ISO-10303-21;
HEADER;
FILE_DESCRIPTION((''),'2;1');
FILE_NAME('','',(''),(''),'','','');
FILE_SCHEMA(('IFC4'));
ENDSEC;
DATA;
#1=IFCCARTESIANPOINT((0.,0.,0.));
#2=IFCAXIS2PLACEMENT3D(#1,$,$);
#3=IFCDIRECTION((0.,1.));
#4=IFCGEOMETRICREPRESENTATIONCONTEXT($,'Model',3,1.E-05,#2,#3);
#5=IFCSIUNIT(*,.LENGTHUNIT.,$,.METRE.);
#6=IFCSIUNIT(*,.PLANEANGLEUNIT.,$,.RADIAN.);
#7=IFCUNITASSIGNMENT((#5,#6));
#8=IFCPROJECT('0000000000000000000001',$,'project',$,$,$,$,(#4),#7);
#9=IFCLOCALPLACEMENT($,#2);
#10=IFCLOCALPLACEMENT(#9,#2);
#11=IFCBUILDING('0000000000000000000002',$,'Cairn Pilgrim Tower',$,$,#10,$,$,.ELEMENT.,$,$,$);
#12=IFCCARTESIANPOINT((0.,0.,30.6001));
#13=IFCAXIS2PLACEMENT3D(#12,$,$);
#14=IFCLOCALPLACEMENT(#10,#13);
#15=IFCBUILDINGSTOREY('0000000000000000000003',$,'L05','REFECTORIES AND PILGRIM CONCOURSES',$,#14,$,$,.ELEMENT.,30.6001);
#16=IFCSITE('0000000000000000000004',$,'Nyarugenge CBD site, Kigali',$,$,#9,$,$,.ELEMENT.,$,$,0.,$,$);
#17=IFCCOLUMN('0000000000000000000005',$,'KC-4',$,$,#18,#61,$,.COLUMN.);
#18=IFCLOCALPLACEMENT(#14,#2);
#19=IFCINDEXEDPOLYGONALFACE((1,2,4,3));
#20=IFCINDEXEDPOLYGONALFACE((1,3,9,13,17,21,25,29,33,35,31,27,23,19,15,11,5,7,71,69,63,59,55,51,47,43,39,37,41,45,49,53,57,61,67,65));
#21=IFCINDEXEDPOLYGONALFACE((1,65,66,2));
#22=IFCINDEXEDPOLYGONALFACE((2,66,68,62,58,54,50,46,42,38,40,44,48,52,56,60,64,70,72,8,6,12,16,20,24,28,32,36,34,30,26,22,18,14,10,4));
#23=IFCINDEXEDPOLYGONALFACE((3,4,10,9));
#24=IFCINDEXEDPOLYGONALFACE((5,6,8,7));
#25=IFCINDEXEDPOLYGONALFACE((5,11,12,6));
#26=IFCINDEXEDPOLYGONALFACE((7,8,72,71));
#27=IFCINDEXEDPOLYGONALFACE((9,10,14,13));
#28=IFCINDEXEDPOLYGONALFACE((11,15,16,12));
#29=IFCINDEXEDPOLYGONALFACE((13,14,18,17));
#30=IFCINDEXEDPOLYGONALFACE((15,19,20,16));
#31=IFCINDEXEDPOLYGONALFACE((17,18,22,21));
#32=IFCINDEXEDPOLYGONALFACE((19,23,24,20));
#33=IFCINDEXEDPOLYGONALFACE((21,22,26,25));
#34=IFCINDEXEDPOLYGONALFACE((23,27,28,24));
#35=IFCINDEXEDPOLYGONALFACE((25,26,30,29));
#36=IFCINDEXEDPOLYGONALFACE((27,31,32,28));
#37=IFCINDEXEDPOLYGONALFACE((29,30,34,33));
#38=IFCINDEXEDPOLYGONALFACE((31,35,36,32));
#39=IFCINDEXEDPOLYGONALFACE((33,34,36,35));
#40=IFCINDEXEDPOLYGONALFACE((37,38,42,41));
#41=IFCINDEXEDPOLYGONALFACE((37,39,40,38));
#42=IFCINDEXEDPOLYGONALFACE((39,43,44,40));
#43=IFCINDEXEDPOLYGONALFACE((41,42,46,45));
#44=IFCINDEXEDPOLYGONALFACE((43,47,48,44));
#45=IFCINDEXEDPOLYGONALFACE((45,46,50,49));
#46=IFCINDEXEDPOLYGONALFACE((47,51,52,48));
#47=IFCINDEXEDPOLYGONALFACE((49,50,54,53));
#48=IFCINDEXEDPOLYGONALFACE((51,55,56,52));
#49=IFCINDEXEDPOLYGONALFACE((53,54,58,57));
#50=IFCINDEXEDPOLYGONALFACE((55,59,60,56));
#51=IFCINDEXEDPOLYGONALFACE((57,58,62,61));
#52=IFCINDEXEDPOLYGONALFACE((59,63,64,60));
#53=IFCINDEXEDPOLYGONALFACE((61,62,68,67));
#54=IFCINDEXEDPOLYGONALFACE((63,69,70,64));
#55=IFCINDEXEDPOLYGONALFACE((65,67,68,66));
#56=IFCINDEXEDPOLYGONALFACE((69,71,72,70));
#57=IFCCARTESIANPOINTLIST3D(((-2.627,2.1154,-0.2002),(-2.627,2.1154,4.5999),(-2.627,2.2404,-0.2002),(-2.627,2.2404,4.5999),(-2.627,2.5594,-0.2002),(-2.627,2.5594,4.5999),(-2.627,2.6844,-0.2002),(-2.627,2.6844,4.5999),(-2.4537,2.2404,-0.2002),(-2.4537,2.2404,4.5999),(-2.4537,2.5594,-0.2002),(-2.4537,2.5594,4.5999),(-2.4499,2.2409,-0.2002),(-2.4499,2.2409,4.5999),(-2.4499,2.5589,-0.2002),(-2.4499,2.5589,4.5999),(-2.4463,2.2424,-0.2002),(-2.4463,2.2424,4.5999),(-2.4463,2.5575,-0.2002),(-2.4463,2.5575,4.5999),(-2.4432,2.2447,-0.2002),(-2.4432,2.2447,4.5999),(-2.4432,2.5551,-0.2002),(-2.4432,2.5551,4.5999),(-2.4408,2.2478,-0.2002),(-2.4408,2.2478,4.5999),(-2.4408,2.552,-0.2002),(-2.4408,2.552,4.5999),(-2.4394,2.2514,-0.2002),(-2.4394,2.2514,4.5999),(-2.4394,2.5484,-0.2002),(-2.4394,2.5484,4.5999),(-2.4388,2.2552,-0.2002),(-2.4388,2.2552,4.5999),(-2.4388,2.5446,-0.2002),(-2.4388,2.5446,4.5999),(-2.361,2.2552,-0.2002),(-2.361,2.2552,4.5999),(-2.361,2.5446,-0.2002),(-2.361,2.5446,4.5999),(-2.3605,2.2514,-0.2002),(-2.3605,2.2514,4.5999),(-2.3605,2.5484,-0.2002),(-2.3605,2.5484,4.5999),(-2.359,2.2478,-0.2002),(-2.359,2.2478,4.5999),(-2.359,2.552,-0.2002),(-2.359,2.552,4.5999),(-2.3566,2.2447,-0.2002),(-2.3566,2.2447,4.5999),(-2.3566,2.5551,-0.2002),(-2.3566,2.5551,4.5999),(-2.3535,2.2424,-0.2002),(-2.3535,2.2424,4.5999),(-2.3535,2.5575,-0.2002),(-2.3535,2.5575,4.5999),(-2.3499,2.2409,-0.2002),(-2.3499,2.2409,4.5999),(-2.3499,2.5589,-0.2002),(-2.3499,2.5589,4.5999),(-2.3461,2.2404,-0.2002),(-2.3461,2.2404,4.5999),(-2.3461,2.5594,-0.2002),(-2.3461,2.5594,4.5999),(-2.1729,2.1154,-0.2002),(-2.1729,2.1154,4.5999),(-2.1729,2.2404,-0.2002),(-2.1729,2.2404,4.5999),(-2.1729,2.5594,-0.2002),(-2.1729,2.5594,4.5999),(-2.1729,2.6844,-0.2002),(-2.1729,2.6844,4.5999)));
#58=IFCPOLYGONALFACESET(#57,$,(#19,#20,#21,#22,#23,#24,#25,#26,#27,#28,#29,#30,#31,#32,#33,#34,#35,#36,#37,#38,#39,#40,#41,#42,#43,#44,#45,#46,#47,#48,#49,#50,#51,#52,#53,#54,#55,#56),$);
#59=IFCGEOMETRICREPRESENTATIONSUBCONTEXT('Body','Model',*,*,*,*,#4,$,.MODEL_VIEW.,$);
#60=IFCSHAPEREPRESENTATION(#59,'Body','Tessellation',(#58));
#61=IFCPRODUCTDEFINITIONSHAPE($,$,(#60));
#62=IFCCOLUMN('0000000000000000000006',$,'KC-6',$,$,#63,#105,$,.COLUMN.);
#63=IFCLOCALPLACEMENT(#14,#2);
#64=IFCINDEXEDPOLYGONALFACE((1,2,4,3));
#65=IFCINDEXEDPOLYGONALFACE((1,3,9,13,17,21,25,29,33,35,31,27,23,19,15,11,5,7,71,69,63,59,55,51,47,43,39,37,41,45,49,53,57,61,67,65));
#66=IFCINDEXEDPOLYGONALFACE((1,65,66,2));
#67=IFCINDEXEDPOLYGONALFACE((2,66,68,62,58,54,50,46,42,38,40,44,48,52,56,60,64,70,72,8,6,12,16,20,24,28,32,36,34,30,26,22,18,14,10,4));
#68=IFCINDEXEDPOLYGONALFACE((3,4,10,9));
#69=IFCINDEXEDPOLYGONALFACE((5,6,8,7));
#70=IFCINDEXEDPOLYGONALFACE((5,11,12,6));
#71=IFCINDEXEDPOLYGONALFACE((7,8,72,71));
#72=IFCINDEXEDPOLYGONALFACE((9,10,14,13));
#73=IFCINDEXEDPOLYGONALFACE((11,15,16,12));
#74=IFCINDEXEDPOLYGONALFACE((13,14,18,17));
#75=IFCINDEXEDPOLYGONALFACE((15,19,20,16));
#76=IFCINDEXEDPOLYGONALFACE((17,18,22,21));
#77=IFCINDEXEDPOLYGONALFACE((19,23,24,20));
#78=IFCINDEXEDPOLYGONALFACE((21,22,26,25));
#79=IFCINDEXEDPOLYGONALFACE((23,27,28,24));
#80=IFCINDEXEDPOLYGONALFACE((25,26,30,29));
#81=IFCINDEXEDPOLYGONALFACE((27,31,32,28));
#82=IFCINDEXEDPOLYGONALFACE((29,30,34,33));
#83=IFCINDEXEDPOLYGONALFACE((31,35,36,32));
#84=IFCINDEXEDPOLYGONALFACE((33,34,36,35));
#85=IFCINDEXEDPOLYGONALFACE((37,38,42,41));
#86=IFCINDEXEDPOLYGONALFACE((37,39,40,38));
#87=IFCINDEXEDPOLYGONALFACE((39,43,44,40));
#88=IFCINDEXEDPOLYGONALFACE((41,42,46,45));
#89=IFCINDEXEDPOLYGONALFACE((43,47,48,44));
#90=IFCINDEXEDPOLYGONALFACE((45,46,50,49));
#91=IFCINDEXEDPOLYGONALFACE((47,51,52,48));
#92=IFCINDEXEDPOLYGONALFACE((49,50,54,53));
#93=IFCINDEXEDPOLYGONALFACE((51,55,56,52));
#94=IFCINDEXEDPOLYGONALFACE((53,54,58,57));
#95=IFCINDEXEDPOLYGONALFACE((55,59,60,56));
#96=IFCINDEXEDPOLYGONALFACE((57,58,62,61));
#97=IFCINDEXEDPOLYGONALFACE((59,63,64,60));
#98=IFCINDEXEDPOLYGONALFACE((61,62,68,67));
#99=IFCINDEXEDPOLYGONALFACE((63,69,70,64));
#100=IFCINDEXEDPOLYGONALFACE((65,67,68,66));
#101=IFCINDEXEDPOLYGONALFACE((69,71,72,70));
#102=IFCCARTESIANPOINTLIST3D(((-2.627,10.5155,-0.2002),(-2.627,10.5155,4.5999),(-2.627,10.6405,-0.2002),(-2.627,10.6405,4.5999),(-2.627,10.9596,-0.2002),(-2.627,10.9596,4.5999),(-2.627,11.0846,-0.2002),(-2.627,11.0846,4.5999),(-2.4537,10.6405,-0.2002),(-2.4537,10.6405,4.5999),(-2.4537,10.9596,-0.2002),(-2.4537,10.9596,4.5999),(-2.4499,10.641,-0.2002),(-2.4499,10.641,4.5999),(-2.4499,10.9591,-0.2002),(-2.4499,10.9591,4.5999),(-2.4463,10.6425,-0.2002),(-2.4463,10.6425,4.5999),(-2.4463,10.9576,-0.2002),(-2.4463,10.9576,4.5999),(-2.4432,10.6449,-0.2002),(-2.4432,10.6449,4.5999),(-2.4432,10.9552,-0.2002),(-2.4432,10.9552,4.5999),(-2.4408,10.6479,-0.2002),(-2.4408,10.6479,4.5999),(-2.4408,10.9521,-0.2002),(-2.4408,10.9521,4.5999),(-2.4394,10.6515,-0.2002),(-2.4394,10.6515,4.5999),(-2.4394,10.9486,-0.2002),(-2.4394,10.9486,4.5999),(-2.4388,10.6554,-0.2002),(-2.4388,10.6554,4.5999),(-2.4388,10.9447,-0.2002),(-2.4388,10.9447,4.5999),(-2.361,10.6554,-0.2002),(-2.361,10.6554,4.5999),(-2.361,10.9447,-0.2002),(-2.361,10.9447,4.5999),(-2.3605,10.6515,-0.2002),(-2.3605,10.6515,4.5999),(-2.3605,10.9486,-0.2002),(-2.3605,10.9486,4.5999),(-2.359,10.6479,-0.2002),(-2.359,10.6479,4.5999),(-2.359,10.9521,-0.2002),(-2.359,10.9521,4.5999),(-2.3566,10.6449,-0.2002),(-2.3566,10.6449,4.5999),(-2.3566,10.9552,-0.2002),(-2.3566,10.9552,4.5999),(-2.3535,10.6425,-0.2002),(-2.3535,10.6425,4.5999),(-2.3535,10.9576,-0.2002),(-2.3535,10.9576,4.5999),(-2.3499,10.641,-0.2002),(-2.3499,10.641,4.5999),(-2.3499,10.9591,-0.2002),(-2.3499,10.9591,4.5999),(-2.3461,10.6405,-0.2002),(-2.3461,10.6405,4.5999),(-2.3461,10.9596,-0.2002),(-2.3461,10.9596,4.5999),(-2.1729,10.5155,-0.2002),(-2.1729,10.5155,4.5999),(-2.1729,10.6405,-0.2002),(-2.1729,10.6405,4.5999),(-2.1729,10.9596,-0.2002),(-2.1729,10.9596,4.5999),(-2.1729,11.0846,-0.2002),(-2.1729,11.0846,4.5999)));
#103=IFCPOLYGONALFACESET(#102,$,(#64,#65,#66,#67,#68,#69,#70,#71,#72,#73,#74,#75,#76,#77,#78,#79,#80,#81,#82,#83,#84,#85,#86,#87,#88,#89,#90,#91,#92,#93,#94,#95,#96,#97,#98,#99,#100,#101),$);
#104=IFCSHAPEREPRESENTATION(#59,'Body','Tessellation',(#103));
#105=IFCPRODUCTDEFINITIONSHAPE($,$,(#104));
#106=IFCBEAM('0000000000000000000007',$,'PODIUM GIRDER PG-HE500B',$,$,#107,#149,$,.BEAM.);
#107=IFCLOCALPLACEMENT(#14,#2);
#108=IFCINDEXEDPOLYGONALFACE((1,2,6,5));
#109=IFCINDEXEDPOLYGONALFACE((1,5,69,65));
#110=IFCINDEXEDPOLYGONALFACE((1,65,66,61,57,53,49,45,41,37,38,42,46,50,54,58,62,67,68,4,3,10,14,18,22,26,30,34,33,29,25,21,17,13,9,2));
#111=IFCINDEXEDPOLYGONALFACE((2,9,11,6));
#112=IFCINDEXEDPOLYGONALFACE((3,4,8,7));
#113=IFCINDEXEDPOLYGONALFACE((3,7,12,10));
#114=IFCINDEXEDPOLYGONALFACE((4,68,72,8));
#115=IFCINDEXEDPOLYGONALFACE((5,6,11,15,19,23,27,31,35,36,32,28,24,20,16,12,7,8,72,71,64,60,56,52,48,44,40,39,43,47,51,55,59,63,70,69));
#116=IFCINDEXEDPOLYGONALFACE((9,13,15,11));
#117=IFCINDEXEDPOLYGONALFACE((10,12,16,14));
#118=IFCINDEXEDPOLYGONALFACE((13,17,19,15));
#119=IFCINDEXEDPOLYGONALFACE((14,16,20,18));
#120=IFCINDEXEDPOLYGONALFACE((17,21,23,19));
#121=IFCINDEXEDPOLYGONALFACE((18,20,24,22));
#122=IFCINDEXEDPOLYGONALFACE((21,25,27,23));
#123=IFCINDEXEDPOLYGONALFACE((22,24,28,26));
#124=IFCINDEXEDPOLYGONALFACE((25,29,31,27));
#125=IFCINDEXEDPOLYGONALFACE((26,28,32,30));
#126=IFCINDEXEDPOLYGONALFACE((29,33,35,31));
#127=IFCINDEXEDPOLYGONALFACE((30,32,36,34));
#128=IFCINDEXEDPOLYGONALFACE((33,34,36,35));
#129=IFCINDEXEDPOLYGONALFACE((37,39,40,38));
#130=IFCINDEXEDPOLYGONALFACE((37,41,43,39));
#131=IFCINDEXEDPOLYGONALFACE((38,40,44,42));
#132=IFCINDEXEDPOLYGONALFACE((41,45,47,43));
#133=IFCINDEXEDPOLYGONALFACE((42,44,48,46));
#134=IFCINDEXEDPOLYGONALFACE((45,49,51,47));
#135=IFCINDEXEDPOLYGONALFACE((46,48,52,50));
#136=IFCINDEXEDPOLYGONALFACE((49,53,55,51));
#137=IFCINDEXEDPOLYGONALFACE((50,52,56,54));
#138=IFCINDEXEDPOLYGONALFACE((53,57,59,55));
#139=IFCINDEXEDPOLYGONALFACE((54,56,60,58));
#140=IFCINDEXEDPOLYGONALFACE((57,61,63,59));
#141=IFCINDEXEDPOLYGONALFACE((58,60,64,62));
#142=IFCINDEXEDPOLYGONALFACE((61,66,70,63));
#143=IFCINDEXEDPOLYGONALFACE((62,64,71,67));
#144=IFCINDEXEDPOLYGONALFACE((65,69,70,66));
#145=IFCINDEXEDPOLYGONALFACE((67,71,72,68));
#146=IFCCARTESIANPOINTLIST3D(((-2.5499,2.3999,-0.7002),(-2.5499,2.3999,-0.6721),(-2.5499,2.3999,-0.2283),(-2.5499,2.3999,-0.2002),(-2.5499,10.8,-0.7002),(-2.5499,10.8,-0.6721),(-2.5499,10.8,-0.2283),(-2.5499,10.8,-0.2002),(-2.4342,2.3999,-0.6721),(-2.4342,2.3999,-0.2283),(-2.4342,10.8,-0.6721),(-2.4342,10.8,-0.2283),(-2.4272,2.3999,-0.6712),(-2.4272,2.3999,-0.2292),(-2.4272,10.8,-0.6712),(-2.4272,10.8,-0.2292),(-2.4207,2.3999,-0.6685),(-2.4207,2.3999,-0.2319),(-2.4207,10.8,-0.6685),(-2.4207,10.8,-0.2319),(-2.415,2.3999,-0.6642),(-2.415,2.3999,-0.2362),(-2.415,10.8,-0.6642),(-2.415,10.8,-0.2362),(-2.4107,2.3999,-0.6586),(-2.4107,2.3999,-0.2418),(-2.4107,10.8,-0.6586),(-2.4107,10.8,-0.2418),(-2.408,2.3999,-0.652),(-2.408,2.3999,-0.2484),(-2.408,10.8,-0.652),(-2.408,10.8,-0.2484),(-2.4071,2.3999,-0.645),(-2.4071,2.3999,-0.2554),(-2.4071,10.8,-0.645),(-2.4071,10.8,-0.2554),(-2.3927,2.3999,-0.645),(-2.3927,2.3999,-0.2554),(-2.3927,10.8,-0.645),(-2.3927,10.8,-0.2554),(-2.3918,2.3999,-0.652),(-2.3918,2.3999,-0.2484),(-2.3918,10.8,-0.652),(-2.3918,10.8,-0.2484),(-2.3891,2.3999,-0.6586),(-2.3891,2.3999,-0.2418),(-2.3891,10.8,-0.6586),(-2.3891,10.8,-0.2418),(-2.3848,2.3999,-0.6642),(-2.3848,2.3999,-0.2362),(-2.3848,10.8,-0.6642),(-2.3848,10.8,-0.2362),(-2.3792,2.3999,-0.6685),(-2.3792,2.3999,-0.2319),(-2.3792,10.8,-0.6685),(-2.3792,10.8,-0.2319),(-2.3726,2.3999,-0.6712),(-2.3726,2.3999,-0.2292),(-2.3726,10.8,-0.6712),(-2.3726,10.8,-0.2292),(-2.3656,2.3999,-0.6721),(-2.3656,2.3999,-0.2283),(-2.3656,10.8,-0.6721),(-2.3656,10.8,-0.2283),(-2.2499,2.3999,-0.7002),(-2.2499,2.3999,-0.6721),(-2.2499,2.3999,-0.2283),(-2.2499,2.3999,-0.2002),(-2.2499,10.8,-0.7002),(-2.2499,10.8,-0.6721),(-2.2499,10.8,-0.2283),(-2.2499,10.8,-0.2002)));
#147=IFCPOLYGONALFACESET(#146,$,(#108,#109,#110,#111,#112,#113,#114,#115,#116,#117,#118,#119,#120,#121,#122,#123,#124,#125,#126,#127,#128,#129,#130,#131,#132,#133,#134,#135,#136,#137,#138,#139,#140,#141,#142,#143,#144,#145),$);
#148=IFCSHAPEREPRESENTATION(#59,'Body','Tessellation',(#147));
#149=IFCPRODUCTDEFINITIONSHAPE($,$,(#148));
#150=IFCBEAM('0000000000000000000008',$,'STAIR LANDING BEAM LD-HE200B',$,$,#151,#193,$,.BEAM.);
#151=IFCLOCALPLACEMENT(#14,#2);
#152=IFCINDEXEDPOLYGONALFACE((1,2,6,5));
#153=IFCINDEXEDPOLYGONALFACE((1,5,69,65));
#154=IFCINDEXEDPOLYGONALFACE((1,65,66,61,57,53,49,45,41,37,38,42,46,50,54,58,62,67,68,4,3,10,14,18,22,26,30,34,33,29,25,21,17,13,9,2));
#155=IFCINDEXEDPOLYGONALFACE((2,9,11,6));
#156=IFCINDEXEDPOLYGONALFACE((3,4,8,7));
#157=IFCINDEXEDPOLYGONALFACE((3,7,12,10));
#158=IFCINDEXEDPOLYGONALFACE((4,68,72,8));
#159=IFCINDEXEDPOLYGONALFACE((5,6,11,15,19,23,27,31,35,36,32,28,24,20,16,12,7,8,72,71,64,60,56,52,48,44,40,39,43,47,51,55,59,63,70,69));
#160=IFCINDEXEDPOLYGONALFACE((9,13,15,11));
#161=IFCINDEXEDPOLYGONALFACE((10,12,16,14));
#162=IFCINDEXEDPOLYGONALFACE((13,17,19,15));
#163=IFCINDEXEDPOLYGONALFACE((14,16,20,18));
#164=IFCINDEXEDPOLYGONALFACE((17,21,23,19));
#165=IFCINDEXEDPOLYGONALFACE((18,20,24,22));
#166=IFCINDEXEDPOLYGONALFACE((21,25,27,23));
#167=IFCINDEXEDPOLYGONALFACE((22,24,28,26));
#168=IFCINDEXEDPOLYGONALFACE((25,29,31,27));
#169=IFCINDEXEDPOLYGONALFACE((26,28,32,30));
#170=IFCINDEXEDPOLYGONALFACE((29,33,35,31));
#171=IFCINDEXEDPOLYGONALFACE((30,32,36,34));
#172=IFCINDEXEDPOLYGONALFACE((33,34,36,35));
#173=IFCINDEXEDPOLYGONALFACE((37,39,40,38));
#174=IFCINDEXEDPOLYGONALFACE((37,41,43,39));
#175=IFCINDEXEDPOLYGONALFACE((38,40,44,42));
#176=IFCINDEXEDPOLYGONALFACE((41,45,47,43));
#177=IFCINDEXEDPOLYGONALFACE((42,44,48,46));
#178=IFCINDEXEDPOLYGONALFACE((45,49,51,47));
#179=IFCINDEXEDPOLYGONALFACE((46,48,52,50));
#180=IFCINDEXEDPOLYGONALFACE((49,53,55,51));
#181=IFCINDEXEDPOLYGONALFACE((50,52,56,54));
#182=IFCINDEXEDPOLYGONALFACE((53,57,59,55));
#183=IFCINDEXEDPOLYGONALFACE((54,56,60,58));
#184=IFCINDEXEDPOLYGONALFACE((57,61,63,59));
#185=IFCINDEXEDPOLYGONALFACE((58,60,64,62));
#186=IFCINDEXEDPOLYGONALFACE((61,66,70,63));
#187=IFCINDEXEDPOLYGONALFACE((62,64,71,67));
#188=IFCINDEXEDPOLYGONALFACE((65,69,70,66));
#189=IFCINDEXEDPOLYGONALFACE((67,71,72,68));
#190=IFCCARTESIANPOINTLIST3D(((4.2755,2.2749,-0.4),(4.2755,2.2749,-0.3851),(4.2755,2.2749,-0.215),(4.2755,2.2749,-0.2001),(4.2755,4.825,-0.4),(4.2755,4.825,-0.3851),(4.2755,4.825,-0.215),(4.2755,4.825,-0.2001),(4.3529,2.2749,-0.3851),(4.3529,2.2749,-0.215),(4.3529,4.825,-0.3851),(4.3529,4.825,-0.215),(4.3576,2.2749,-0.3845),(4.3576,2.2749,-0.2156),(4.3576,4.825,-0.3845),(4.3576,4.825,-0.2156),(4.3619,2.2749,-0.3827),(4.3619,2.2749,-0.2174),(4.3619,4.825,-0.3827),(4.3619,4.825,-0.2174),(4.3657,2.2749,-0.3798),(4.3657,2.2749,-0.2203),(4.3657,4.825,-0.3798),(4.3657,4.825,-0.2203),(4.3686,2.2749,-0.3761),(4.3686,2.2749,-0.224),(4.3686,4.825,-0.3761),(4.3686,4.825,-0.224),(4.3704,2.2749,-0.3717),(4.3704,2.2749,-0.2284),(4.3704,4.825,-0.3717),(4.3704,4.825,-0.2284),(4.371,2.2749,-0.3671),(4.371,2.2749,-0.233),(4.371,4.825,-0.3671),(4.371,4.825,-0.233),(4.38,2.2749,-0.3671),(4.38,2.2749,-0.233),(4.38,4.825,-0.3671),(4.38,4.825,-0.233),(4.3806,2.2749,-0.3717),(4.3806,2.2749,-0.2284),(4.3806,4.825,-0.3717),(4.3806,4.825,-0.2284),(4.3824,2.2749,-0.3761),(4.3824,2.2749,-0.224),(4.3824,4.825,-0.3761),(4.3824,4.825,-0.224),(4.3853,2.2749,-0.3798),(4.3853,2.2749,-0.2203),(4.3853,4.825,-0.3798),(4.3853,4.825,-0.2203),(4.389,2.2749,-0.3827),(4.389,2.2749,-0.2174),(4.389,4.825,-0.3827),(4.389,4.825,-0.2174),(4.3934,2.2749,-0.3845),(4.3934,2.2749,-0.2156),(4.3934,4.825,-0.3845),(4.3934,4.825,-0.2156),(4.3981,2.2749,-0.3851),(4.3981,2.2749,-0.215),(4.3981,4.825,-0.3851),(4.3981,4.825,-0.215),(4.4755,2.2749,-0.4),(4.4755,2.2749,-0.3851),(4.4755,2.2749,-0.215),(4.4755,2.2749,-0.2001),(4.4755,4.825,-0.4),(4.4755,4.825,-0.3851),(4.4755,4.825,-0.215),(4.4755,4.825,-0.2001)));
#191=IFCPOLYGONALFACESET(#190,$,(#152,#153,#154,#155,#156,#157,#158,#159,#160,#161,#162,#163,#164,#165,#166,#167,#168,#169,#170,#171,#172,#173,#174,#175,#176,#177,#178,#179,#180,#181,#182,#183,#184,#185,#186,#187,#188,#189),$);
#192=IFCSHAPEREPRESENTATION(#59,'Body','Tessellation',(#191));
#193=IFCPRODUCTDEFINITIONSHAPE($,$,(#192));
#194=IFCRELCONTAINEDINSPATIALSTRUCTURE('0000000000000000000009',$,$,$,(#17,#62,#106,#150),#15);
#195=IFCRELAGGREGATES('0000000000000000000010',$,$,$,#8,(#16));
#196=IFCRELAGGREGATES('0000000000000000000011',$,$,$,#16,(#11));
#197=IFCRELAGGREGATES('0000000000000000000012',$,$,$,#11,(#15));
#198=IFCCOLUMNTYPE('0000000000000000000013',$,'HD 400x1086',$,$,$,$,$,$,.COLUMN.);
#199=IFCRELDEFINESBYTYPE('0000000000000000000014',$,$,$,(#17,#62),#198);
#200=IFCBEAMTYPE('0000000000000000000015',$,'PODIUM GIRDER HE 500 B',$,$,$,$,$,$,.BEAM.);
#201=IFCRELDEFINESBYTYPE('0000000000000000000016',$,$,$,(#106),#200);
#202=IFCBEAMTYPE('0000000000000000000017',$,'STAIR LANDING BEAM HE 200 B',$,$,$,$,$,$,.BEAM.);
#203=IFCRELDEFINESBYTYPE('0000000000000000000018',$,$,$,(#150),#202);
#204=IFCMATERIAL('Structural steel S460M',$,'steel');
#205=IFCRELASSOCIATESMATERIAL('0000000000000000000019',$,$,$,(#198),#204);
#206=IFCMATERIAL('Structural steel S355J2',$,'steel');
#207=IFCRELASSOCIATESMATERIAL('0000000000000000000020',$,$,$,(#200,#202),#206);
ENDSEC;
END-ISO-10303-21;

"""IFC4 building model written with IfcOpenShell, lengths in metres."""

from ifc_helpers import new_model, si_unit, direction, frame, origin, origin_2d, place, context, subcontext, project, spatial, i_section, extrude, material, material_profile, profile_set, type_object, element, save


model = new_model("IFC4")

# Units and contexts
model_context = context("Model", 3, precision=1e-05, world=origin(), true_north=direction((0.0, 1.0)))
body_context = subcontext(model_context, "Body", "Model", "MODEL_VIEW")
ifc_project = project(units=[si_unit("LENGTHUNIT", "METRE"), si_unit("PLANEANGLEUNIT", "RADIAN")], contexts=[model_context])

# Site, building, storey
site_placement = place(None, origin())
site = spatial("IfcSite", under=ifc_project, at=site_placement, Name="Nyarugenge CBD site, Kigali", CompositionType="ELEMENT", RefElevation=0.0)
building_placement = place(site_placement, origin())
building = spatial("IfcBuilding", under=site, at=building_placement, Name="Cairn Pilgrim Tower", CompositionType="ELEMENT")
storey_placement = place(building_placement, frame((0.0, 0.0, 30.6001)))
storey = spatial("IfcBuildingStorey", under=building, at=storey_placement, Name="L05", Description="REFECTORIES AND PILGRIM CONCOURSES", CompositionType="ELEMENT", Elevation=30.6001)

# Columns
ifc_material_1 = material(Name="Structural steel S460M", Category="steel")
ifc_material_profile_1 = material_profile(ifc_material_1, i_section(OverallWidth=0.4541, OverallDepth=0.5691, WebThickness=0.0779, FlangeThickness=0.125, FilletRadius=0.0149, at=origin_2d()), Name="HD 400x1086")
ifc_profile_set_1 = profile_set([ifc_material_profile_1], Name="Structural steel S460M")
column_type = type_object("IfcColumnType", Name="HD 400x1086", PredefinedType="COLUMN", material=ifc_profile_set_1)
for number, where, z_axis, x_axis, name in (
    (1, (-2.3999, 2.3999, -0.2002), (0.0, 0.0, 1.0), (1.0, 0.0, 0.0), "KC-4"),
    (2, (-2.3999, 10.8, -0.2002), (0.0, 0.0, 1.0), (1.0, 0.0, 0.0), "KC-6"),
):
    element("IfcColumn", number, at=place(storey_placement, frame(where, z_axis=z_axis, x_axis=x_axis)), inside=storey, type_object=column_type, Name=name, PredefinedType="COLUMN", context=body_context, shape_type="SweptSolid", body=[
        extrude(i_section(OverallWidth=0.4541, OverallDepth=0.5691, WebThickness=0.0779, FlangeThickness=0.125, FilletRadius=0.0149, at=origin_2d()), origin(), (0.0, 0.0, 1.0), 4.8),
    ])

# Beams
ifc_material_2 = material(Name="Structural steel S355J2", Category="steel")
ifc_material_profile_2 = material_profile(ifc_material_2, i_section(OverallWidth=0.3, OverallDepth=0.5, WebThickness=0.0144, FlangeThickness=0.0281, FilletRadius=0.0271, at=origin_2d()), Name="HEB 500")
ifc_profile_set_2 = profile_set([ifc_material_profile_2], Name="Structural steel S355J2")
beam_type_1 = type_object("IfcBeamType", Name="PODIUM GIRDER HE 500 B", PredefinedType="BEAM", material=ifc_profile_set_2)
beam_1_placement = place(storey_placement, frame((-2.3999, 10.8, -0.4502), z_axis=(0.0, -1.0, 0.0), x_axis=(1.0, 0.0, 0.0)))
element("IfcBeam", 3, at=beam_1_placement, inside=storey, type_object=beam_type_1, Name="PODIUM GIRDER PG-HE500B", PredefinedType="BEAM", context=body_context, shape_type="SweptSolid", body=[
    extrude(i_section(OverallWidth=0.3, OverallDepth=0.5, WebThickness=0.0144, FlangeThickness=0.0281, FilletRadius=0.0271, at=origin_2d()), origin(), (0.0, 0.0, 1.0), 8.4001),
])
ifc_material_profile_3 = material_profile(ifc_material_2, i_section(OverallWidth=0.2, OverallDepth=0.2, WebThickness=0.009, FlangeThickness=0.0149, FilletRadius=0.0181, at=origin_2d()), Name="HE 200 B")
ifc_profile_set_3 = profile_set([ifc_material_profile_3], Name="Structural steel S355J2")
beam_type_2 = type_object("IfcBeamType", Name="STAIR LANDING BEAM HE 200 B", PredefinedType="BEAM", material=ifc_profile_set_3)
beam_2_placement = place(storey_placement, frame((4.3755, 2.2749, -0.3), z_axis=(0.0, 1.0, 0.0), x_axis=(-1.0, 0.0, 0.0)))
element("IfcBeam", 4, at=beam_2_placement, inside=storey, type_object=beam_type_2, Name="STAIR LANDING BEAM LD-HE200B", PredefinedType="BEAM", context=body_context, shape_type="SweptSolid", body=[
    extrude(i_section(OverallWidth=0.2, OverallDepth=0.2, WebThickness=0.009, FlangeThickness=0.0149, FilletRadius=0.0181, at=origin_2d()), origin(), (0.0, 0.0, 1.0), 2.55),
])

save(model, "model.ifc")
